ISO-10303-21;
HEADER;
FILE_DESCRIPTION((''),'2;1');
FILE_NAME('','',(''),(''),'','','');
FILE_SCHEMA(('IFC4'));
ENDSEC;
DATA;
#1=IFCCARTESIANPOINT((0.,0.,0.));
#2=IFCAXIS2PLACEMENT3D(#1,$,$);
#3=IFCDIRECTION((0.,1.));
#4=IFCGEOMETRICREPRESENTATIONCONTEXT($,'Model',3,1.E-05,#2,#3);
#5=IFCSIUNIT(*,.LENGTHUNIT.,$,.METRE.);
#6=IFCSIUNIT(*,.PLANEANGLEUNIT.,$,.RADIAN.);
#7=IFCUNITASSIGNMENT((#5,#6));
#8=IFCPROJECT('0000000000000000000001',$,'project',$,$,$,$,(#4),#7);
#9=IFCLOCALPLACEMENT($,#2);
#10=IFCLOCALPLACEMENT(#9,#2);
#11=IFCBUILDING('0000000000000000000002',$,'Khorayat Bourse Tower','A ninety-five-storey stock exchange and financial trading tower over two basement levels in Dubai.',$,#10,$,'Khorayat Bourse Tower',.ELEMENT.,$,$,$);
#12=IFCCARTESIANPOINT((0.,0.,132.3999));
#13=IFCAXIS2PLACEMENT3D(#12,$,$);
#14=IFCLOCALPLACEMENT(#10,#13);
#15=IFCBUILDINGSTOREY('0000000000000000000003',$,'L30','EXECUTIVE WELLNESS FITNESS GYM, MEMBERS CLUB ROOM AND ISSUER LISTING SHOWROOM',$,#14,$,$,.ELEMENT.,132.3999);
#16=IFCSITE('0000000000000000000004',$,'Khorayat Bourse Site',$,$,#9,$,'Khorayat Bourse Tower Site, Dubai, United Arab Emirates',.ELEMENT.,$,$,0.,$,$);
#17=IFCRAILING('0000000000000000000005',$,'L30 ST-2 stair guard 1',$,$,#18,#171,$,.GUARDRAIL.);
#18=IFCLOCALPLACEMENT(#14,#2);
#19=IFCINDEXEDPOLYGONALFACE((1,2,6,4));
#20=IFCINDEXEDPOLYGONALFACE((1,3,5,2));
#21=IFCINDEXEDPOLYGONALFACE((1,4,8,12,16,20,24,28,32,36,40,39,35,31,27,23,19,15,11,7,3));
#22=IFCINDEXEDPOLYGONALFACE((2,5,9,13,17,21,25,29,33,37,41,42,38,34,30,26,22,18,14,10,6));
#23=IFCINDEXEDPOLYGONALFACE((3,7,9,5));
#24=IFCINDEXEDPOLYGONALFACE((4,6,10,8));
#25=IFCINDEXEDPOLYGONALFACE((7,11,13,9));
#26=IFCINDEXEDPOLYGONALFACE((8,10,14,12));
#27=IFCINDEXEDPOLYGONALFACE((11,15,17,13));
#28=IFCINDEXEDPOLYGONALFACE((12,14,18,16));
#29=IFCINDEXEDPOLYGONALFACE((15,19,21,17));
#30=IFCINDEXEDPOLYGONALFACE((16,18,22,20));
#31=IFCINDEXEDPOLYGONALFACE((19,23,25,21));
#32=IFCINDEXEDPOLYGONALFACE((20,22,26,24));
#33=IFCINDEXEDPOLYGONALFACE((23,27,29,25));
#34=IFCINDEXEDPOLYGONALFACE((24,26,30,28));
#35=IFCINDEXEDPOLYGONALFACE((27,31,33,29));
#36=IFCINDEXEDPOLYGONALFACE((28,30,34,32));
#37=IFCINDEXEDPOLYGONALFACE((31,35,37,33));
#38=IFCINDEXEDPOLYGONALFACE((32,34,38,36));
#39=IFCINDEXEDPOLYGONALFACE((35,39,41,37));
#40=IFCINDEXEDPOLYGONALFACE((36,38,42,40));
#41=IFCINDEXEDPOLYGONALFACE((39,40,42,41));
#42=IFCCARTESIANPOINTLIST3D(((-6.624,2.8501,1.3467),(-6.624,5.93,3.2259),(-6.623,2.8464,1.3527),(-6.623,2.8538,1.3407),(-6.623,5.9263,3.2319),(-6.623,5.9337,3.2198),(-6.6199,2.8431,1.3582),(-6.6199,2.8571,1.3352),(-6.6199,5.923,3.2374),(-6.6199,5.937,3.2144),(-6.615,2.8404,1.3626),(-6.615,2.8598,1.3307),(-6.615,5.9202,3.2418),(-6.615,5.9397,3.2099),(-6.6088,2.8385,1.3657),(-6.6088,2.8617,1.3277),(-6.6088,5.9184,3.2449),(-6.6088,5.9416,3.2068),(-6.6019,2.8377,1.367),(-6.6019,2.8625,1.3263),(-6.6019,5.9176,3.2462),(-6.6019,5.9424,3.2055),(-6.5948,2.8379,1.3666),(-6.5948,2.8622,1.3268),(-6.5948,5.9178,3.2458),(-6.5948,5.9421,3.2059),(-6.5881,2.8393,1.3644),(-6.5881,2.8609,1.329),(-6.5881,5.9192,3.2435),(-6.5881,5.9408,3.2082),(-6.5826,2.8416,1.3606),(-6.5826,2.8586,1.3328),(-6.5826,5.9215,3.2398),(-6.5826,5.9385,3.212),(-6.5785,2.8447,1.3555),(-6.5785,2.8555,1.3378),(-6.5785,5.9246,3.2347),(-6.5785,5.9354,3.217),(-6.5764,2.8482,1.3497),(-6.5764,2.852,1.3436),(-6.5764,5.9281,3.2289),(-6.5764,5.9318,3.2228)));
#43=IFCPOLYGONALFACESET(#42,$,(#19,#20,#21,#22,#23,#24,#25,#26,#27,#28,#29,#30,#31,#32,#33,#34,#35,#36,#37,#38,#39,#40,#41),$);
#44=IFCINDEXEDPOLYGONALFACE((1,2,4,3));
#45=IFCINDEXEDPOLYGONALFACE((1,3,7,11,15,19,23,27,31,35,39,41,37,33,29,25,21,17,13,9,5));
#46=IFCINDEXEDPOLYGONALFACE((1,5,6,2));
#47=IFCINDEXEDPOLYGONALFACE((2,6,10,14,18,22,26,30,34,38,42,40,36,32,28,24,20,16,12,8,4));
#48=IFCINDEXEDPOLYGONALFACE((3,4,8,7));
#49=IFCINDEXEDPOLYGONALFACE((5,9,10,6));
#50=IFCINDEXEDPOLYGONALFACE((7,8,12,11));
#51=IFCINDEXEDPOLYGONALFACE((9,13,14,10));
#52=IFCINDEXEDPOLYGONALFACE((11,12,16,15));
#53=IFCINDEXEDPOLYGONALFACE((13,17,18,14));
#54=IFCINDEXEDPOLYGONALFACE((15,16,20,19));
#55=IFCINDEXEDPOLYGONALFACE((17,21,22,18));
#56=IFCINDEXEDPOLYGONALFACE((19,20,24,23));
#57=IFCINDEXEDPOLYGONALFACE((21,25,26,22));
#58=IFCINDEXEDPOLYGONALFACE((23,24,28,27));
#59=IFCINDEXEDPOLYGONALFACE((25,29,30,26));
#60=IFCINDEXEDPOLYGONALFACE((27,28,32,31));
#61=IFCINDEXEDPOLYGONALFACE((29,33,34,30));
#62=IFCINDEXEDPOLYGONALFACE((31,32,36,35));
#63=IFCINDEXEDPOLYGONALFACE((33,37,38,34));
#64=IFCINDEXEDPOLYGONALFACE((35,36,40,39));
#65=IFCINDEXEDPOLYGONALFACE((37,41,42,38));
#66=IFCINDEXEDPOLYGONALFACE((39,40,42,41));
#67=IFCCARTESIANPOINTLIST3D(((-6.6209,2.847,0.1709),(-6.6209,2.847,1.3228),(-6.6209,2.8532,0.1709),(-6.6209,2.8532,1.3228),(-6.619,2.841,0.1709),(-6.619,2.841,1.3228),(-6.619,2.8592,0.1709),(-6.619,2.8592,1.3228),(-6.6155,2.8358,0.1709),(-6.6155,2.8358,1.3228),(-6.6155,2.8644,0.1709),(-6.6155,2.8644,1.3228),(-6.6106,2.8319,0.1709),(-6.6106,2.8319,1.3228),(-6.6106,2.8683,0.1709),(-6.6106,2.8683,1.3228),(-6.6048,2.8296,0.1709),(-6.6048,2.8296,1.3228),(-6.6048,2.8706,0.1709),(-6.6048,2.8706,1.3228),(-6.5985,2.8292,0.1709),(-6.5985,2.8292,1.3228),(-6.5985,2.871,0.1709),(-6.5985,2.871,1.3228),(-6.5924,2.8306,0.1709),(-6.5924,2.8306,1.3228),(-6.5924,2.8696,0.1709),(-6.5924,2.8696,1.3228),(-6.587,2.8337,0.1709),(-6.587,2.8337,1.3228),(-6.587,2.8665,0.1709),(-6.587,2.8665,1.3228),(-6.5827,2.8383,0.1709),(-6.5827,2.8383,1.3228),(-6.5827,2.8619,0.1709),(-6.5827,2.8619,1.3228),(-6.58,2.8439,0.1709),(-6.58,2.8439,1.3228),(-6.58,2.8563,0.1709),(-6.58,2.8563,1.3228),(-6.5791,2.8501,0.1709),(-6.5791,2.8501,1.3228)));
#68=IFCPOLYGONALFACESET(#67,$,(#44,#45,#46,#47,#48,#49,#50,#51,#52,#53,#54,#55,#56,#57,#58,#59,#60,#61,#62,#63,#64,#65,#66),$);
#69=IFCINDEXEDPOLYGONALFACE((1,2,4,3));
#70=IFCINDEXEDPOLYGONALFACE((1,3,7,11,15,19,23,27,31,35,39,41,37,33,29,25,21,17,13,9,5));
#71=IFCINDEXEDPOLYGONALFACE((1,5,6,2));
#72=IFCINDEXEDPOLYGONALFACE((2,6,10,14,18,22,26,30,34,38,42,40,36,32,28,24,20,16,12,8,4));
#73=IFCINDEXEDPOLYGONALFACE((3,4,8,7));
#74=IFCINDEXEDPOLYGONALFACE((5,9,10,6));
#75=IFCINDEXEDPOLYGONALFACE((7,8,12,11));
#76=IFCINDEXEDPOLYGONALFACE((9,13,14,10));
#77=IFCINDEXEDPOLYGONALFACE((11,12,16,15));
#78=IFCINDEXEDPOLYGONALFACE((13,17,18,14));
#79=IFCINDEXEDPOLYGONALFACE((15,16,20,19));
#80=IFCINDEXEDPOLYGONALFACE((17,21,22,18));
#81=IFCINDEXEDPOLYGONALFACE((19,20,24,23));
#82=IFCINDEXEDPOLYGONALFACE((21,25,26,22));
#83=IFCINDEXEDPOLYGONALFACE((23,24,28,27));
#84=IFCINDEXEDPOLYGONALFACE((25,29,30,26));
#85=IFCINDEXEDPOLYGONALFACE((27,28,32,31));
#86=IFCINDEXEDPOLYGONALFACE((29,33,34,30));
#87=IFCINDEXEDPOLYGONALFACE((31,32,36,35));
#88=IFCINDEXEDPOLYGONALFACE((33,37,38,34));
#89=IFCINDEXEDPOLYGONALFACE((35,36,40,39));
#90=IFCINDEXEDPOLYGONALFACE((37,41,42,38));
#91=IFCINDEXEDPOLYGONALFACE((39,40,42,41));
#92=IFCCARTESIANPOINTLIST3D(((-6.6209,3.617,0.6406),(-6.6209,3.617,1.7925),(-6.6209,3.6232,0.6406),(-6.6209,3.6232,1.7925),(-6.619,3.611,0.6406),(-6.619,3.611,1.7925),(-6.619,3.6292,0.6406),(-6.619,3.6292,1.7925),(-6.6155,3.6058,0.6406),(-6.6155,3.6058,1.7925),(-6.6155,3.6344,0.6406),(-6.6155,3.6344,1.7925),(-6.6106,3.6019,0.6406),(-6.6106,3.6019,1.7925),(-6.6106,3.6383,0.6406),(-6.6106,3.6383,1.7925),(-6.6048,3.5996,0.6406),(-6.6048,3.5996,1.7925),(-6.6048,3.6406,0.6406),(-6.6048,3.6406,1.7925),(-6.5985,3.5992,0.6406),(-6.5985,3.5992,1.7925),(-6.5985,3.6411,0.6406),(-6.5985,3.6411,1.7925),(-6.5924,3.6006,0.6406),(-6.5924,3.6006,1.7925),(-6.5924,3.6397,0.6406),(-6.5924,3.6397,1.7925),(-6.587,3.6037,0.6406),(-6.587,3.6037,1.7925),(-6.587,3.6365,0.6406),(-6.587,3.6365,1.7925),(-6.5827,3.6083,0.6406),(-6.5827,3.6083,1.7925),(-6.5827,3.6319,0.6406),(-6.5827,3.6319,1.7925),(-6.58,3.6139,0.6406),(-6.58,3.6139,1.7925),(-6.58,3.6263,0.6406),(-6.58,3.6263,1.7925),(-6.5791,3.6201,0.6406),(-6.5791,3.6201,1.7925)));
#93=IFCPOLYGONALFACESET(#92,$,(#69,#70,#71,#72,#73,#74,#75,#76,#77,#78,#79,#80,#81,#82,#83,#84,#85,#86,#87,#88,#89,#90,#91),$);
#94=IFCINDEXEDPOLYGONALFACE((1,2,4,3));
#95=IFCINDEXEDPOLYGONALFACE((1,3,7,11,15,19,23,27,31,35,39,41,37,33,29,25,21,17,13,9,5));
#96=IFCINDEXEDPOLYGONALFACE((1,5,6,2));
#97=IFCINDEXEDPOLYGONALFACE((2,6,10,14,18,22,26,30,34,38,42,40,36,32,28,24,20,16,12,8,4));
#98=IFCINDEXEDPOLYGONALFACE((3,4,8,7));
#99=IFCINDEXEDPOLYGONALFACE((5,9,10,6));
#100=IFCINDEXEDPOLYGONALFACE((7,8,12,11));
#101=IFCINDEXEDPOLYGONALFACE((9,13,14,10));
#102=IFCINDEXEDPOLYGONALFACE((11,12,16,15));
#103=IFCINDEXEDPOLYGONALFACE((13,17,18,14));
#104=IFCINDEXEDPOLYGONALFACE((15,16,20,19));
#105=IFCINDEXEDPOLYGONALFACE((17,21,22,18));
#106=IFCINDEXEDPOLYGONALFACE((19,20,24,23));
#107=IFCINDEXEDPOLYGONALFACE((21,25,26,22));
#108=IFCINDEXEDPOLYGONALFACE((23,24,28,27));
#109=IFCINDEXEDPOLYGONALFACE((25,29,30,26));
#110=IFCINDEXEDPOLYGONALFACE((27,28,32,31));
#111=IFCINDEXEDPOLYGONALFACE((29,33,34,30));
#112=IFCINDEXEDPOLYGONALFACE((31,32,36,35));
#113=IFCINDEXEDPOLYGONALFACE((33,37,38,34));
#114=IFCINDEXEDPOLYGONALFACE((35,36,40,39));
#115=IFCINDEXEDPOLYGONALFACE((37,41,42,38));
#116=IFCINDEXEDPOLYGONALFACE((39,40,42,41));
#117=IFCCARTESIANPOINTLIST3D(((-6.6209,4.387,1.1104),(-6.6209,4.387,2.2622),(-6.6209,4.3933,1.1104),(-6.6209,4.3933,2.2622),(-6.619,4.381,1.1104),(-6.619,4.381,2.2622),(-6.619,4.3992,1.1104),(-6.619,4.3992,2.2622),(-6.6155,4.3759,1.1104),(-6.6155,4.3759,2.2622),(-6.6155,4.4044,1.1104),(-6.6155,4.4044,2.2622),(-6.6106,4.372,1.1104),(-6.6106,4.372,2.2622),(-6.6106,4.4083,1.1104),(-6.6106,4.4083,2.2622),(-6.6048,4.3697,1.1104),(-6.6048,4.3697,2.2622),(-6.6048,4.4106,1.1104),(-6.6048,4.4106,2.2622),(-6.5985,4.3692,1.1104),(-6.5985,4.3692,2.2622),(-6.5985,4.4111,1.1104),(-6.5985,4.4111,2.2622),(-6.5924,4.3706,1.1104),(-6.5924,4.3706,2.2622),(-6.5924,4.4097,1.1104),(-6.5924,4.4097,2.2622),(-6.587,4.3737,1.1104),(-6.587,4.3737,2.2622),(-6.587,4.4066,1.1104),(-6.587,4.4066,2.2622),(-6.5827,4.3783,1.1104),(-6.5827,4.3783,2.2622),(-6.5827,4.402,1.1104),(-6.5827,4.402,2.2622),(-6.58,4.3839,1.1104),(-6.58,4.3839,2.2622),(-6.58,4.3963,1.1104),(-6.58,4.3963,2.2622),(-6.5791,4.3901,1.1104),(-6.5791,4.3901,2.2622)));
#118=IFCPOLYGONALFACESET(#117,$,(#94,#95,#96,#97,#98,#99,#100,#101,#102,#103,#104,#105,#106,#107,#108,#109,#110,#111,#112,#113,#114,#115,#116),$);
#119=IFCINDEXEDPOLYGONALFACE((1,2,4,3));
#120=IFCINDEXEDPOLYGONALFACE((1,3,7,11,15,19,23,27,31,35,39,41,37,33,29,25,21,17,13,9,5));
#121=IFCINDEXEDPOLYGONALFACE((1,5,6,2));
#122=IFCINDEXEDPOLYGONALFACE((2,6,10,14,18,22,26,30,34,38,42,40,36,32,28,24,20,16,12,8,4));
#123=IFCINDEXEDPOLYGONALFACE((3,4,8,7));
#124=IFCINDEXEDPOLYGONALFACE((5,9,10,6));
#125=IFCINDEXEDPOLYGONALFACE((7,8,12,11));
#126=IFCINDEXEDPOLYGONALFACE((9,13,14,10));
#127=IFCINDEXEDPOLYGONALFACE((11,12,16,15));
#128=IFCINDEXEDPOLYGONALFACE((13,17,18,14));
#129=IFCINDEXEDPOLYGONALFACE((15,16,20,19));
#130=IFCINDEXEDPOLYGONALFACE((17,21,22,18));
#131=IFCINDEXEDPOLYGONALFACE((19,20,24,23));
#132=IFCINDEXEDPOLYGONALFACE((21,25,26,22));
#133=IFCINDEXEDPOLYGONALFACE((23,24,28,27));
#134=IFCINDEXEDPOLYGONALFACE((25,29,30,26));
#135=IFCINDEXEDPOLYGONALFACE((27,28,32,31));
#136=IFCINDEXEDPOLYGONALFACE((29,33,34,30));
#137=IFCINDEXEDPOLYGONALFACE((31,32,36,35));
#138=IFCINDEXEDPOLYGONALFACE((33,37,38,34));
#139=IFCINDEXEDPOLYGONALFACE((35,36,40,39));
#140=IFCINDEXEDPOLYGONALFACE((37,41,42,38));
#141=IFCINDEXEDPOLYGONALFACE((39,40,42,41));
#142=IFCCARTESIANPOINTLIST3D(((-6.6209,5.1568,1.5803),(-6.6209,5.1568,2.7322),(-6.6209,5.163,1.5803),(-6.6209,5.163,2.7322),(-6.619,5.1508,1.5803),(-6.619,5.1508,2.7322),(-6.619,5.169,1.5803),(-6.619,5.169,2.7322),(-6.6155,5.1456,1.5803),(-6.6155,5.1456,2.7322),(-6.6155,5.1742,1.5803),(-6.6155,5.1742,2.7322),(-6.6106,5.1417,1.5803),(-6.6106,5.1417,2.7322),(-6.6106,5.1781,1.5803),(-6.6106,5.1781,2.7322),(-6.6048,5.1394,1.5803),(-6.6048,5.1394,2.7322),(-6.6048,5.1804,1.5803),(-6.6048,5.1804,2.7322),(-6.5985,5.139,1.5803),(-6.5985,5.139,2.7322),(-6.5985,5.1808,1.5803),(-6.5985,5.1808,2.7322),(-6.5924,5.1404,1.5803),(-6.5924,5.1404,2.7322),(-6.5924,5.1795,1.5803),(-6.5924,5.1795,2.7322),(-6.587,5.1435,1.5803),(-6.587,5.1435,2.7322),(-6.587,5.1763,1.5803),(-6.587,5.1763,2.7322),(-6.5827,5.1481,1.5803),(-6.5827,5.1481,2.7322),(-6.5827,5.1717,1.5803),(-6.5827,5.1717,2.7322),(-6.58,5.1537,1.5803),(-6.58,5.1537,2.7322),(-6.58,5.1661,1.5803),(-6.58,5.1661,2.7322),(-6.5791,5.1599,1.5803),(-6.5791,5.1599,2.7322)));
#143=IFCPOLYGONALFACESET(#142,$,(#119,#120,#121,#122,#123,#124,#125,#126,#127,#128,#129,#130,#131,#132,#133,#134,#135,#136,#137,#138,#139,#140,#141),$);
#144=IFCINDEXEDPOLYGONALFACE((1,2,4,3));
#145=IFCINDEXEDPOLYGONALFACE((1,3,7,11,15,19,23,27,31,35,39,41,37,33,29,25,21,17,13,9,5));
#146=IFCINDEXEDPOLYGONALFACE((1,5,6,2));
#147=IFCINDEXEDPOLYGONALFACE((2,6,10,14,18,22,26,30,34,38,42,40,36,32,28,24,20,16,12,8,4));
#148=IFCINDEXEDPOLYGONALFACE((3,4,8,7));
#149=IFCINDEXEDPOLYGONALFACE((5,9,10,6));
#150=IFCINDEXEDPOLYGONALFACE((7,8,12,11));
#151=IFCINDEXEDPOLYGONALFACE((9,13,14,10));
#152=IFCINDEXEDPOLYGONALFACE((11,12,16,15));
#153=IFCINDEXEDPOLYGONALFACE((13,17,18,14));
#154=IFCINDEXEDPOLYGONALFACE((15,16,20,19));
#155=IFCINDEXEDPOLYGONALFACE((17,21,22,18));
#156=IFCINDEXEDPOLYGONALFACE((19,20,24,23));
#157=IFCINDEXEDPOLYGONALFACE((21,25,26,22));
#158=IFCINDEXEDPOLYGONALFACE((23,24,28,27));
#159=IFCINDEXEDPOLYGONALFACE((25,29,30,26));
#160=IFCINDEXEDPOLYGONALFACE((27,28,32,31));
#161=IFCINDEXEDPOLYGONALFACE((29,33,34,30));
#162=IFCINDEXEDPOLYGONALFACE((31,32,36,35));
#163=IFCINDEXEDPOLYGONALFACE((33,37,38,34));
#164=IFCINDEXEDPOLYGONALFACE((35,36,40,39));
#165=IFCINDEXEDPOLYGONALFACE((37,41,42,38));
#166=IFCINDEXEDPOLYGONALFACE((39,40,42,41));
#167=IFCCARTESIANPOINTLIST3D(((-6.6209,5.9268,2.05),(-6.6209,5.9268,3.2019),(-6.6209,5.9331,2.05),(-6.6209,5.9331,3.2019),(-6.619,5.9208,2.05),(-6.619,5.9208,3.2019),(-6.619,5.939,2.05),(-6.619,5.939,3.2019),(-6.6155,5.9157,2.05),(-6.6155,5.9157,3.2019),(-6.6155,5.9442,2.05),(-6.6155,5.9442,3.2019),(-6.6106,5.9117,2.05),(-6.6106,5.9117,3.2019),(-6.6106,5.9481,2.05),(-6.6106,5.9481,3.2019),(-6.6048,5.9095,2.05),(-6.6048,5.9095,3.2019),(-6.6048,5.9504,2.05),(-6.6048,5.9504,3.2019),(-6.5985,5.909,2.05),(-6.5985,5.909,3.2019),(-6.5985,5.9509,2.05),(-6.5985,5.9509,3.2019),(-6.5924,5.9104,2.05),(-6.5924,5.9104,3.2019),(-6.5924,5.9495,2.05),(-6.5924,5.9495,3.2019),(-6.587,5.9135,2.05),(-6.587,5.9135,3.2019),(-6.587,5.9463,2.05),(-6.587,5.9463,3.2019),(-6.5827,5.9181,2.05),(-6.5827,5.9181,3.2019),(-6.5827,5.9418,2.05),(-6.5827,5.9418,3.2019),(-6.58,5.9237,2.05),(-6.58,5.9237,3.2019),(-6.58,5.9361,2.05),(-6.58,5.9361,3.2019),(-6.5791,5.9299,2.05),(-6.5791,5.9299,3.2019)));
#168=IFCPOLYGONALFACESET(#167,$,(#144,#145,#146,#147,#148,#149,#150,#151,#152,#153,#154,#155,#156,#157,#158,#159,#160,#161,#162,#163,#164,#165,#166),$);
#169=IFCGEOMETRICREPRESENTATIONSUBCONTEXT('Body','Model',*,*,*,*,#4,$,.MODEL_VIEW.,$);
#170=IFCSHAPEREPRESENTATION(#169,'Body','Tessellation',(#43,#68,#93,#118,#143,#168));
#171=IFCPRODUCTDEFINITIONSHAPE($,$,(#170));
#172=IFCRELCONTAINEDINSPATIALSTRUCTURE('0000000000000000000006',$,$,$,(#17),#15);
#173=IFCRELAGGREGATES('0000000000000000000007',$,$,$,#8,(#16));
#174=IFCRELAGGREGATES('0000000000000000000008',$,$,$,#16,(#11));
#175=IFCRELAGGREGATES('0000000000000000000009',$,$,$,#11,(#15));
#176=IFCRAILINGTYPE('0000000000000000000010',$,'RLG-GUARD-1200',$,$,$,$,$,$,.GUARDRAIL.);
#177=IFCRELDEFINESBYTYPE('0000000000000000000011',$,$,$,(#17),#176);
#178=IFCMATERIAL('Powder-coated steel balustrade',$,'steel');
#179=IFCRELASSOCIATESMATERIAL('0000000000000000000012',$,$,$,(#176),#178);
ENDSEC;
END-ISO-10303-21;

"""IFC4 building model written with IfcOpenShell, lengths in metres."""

from ifc_helpers import new_model, si_unit, direction, frame, origin, origin_2d, place, context, subcontext, project, spatial, circle, extrude, source, transform, mapped, material, type_object, element, save


model = new_model("IFC4")

# Units and contexts
model_context = context("Model", 3, precision=1e-05, world=origin(), true_north=direction((0.0, 1.0)))
body_context = subcontext(model_context, "Body", "Model", "MODEL_VIEW")
ifc_project = project(units=[si_unit("LENGTHUNIT", "METRE"), si_unit("PLANEANGLEUNIT", "RADIAN")], contexts=[model_context])

# Site, building, storey
site_placement = place(None, origin())
site = spatial("IfcSite", under=ifc_project, at=site_placement, Name="Khorayat Bourse Site", LongName="Khorayat Bourse Tower Site, Dubai, United Arab Emirates", CompositionType="ELEMENT", RefElevation=0.0)
building_placement = place(site_placement, origin())
building = spatial("IfcBuilding", under=site, at=building_placement, Name="Khorayat Bourse Tower", Description="A ninety-five-storey stock exchange and financial trading tower over two basement levels in Dubai.", LongName="Khorayat Bourse Tower", CompositionType="ELEMENT")
storey_placement = place(building_placement, frame((0.0, 0.0, 132.3999)))
storey = spatial("IfcBuildingStorey", under=building, at=storey_placement, Name="L30", Description="EXECUTIVE WELLNESS FITNESS GYM, MEMBERS CLUB ROOM AND ISSUER LISTING SHOWROOM", CompositionType="ELEMENT", Elevation=132.3999)

# Railing
ifc_material_1 = material(Name="Powder-coated steel balustrade", Category="steel")
railing_type_1 = type_object("IfcRailingType", Name="RLG-GUARD-1200", PredefinedType="GUARDRAIL", material=ifc_material_1)
shared_shape_1 = source(origin(), body_context, "Body", "SweptSolid", [
    extrude(circle(Radius=0.0239, at=origin_2d()), frame((0.0, 0.0, 1.1758), z_axis=(0.0, 0.853648, 0.52085), x_axis=(-1.0, 0.0, 0.0)), (0.0, 0.0, 1.0), 3.6079),
    extrude(circle(Radius=0.021, at=origin_2d()), origin(), (0.0, 0.0, 1.0), 1.1519),
    extrude(circle(Radius=0.021, at=origin_2d()), frame((0.0, 0.77, 0.4697)), (0.0, 0.0, 1.0), 1.1519),
    extrude(circle(Radius=0.021, at=origin_2d()), frame((0.0, 1.54, 0.9395)), (0.0, 0.0, 1.0), 1.1519),
    extrude(circle(Radius=0.021, at=origin_2d()), frame((0.0, 2.3098, 1.4094)), (0.0, 0.0, 1.0), 1.1519),
    extrude(circle(Radius=0.021, at=origin_2d()), frame((0.0, 3.0798, 1.8792)), (0.0, 0.0, 1.0), 1.1519),
])
railing_1_placement = place(storey_placement, frame((-6.6001, 2.8501, 0.1709)))
element("IfcRailing", 1, at=railing_1_placement, inside=storey, type_object=railing_type_1, Name="L30 ST-2 stair guard 1", PredefinedType="GUARDRAIL", context=body_context, shape_type="MappedRepresentation", body=[
    mapped(shared_shape_1, transform((0.0, 0.0, 0.0), scale=1.0)),
])

save(model, "model.ifc")
